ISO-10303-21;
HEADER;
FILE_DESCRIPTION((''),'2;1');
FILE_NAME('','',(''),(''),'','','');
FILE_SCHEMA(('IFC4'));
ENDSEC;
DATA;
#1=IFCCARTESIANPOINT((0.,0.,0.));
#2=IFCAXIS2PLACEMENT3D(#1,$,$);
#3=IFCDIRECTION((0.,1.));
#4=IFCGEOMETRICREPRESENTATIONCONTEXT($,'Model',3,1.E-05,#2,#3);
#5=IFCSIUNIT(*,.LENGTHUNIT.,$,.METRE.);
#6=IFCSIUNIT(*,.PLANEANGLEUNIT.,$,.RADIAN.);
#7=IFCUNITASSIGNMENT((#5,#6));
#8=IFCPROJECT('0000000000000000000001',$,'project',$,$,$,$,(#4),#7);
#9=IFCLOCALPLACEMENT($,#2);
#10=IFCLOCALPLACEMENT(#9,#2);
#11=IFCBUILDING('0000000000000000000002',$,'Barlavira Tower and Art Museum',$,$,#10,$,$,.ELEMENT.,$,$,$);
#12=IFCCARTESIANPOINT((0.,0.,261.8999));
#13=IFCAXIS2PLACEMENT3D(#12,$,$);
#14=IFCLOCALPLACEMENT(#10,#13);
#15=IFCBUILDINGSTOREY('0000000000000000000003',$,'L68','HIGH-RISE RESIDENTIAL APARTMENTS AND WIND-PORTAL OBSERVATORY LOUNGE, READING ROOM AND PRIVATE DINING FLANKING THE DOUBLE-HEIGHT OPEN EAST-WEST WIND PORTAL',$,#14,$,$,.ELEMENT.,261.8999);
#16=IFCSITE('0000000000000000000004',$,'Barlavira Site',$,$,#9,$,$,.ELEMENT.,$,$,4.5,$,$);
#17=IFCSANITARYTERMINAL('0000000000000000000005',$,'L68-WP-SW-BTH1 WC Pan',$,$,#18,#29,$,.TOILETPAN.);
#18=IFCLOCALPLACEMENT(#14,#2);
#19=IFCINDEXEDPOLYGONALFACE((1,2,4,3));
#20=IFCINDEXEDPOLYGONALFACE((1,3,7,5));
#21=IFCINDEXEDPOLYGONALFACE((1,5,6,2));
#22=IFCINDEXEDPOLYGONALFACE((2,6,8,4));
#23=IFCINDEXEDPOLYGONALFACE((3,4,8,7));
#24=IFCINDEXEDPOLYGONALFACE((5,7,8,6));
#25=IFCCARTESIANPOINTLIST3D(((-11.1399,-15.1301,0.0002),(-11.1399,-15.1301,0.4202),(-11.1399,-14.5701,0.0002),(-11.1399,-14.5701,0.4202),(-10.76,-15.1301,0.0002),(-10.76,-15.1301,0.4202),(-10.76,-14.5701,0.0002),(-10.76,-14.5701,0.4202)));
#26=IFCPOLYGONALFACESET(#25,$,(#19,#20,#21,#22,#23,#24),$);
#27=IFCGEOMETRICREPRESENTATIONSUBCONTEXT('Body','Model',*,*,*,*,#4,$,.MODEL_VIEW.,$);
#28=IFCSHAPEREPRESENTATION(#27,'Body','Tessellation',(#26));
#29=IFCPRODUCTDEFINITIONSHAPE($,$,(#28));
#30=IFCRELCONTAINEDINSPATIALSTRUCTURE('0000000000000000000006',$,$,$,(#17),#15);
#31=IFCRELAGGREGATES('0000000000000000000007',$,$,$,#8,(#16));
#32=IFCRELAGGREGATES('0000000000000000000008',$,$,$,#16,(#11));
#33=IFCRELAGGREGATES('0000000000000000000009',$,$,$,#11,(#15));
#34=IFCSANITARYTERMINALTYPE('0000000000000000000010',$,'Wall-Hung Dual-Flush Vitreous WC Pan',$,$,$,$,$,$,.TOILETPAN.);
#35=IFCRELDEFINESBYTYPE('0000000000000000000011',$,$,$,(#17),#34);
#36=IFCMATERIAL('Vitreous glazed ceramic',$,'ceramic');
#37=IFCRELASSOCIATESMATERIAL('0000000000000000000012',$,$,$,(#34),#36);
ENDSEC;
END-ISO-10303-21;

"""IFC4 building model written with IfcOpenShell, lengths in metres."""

from ifc_helpers import new_model, si_unit, direction, frame, origin, origin_2d, place, context, subcontext, project, spatial, rectangle, extrude, material, type_object, element, save


model = new_model("IFC4")

# Units and contexts
model_context = context("Model", 3, precision=1e-05, world=origin(), true_north=direction((0.0, 1.0)))
body_context = subcontext(model_context, "Body", "Model", "MODEL_VIEW")
ifc_project = project(units=[si_unit("LENGTHUNIT", "METRE"), si_unit("PLANEANGLEUNIT", "RADIAN")], contexts=[model_context])

# Site, building, storey
site_placement = place(None, origin())
site = spatial("IfcSite", under=ifc_project, at=site_placement, Name="Barlavira Site", CompositionType="ELEMENT", RefElevation=4.5)
building_placement = place(site_placement, origin())
building = spatial("IfcBuilding", under=site, at=building_placement, Name="Barlavira Tower and Art Museum", CompositionType="ELEMENT")
storey_placement = place(building_placement, frame((0.0, 0.0, 261.8999)))
storey = spatial("IfcBuildingStorey", under=building, at=storey_placement, Name="L68", Description="HIGH-RISE RESIDENTIAL APARTMENTS AND WIND-PORTAL OBSERVATORY LOUNGE, READING ROOM AND PRIVATE DINING FLANKING THE DOUBLE-HEIGHT OPEN EAST-WEST WIND PORTAL", CompositionType="ELEMENT", Elevation=261.8999)

# Sanitary terminal
ifc_material_1 = material(Name="Vitreous glazed ceramic", Category="ceramic")
sanitary_terminal_type_1 = type_object("IfcSanitaryTerminalType", Name="Wall-Hung Dual-Flush Vitreous WC Pan", PredefinedType="TOILETPAN", material=ifc_material_1)
sanitary_terminal_1_placement = place(storey_placement, frame((-10.95, -14.8501, 0.0002), z_axis=(0.0, 0.0, 1.0), x_axis=(1.0, 0.0, 0.0)))
element("IfcSanitaryTerminal", 1, at=sanitary_terminal_1_placement, inside=storey, type_object=sanitary_terminal_type_1, Name="L68-WP-SW-BTH1 WC Pan", PredefinedType="TOILETPAN", context=body_context, shape_type="SweptSolid", body=[
    extrude(rectangle(XDim=0.3799, YDim=0.5601, at=origin_2d()), origin(), (0.0, 0.0, 1.0), 0.4199),
])

save(model, "model.ifc")
